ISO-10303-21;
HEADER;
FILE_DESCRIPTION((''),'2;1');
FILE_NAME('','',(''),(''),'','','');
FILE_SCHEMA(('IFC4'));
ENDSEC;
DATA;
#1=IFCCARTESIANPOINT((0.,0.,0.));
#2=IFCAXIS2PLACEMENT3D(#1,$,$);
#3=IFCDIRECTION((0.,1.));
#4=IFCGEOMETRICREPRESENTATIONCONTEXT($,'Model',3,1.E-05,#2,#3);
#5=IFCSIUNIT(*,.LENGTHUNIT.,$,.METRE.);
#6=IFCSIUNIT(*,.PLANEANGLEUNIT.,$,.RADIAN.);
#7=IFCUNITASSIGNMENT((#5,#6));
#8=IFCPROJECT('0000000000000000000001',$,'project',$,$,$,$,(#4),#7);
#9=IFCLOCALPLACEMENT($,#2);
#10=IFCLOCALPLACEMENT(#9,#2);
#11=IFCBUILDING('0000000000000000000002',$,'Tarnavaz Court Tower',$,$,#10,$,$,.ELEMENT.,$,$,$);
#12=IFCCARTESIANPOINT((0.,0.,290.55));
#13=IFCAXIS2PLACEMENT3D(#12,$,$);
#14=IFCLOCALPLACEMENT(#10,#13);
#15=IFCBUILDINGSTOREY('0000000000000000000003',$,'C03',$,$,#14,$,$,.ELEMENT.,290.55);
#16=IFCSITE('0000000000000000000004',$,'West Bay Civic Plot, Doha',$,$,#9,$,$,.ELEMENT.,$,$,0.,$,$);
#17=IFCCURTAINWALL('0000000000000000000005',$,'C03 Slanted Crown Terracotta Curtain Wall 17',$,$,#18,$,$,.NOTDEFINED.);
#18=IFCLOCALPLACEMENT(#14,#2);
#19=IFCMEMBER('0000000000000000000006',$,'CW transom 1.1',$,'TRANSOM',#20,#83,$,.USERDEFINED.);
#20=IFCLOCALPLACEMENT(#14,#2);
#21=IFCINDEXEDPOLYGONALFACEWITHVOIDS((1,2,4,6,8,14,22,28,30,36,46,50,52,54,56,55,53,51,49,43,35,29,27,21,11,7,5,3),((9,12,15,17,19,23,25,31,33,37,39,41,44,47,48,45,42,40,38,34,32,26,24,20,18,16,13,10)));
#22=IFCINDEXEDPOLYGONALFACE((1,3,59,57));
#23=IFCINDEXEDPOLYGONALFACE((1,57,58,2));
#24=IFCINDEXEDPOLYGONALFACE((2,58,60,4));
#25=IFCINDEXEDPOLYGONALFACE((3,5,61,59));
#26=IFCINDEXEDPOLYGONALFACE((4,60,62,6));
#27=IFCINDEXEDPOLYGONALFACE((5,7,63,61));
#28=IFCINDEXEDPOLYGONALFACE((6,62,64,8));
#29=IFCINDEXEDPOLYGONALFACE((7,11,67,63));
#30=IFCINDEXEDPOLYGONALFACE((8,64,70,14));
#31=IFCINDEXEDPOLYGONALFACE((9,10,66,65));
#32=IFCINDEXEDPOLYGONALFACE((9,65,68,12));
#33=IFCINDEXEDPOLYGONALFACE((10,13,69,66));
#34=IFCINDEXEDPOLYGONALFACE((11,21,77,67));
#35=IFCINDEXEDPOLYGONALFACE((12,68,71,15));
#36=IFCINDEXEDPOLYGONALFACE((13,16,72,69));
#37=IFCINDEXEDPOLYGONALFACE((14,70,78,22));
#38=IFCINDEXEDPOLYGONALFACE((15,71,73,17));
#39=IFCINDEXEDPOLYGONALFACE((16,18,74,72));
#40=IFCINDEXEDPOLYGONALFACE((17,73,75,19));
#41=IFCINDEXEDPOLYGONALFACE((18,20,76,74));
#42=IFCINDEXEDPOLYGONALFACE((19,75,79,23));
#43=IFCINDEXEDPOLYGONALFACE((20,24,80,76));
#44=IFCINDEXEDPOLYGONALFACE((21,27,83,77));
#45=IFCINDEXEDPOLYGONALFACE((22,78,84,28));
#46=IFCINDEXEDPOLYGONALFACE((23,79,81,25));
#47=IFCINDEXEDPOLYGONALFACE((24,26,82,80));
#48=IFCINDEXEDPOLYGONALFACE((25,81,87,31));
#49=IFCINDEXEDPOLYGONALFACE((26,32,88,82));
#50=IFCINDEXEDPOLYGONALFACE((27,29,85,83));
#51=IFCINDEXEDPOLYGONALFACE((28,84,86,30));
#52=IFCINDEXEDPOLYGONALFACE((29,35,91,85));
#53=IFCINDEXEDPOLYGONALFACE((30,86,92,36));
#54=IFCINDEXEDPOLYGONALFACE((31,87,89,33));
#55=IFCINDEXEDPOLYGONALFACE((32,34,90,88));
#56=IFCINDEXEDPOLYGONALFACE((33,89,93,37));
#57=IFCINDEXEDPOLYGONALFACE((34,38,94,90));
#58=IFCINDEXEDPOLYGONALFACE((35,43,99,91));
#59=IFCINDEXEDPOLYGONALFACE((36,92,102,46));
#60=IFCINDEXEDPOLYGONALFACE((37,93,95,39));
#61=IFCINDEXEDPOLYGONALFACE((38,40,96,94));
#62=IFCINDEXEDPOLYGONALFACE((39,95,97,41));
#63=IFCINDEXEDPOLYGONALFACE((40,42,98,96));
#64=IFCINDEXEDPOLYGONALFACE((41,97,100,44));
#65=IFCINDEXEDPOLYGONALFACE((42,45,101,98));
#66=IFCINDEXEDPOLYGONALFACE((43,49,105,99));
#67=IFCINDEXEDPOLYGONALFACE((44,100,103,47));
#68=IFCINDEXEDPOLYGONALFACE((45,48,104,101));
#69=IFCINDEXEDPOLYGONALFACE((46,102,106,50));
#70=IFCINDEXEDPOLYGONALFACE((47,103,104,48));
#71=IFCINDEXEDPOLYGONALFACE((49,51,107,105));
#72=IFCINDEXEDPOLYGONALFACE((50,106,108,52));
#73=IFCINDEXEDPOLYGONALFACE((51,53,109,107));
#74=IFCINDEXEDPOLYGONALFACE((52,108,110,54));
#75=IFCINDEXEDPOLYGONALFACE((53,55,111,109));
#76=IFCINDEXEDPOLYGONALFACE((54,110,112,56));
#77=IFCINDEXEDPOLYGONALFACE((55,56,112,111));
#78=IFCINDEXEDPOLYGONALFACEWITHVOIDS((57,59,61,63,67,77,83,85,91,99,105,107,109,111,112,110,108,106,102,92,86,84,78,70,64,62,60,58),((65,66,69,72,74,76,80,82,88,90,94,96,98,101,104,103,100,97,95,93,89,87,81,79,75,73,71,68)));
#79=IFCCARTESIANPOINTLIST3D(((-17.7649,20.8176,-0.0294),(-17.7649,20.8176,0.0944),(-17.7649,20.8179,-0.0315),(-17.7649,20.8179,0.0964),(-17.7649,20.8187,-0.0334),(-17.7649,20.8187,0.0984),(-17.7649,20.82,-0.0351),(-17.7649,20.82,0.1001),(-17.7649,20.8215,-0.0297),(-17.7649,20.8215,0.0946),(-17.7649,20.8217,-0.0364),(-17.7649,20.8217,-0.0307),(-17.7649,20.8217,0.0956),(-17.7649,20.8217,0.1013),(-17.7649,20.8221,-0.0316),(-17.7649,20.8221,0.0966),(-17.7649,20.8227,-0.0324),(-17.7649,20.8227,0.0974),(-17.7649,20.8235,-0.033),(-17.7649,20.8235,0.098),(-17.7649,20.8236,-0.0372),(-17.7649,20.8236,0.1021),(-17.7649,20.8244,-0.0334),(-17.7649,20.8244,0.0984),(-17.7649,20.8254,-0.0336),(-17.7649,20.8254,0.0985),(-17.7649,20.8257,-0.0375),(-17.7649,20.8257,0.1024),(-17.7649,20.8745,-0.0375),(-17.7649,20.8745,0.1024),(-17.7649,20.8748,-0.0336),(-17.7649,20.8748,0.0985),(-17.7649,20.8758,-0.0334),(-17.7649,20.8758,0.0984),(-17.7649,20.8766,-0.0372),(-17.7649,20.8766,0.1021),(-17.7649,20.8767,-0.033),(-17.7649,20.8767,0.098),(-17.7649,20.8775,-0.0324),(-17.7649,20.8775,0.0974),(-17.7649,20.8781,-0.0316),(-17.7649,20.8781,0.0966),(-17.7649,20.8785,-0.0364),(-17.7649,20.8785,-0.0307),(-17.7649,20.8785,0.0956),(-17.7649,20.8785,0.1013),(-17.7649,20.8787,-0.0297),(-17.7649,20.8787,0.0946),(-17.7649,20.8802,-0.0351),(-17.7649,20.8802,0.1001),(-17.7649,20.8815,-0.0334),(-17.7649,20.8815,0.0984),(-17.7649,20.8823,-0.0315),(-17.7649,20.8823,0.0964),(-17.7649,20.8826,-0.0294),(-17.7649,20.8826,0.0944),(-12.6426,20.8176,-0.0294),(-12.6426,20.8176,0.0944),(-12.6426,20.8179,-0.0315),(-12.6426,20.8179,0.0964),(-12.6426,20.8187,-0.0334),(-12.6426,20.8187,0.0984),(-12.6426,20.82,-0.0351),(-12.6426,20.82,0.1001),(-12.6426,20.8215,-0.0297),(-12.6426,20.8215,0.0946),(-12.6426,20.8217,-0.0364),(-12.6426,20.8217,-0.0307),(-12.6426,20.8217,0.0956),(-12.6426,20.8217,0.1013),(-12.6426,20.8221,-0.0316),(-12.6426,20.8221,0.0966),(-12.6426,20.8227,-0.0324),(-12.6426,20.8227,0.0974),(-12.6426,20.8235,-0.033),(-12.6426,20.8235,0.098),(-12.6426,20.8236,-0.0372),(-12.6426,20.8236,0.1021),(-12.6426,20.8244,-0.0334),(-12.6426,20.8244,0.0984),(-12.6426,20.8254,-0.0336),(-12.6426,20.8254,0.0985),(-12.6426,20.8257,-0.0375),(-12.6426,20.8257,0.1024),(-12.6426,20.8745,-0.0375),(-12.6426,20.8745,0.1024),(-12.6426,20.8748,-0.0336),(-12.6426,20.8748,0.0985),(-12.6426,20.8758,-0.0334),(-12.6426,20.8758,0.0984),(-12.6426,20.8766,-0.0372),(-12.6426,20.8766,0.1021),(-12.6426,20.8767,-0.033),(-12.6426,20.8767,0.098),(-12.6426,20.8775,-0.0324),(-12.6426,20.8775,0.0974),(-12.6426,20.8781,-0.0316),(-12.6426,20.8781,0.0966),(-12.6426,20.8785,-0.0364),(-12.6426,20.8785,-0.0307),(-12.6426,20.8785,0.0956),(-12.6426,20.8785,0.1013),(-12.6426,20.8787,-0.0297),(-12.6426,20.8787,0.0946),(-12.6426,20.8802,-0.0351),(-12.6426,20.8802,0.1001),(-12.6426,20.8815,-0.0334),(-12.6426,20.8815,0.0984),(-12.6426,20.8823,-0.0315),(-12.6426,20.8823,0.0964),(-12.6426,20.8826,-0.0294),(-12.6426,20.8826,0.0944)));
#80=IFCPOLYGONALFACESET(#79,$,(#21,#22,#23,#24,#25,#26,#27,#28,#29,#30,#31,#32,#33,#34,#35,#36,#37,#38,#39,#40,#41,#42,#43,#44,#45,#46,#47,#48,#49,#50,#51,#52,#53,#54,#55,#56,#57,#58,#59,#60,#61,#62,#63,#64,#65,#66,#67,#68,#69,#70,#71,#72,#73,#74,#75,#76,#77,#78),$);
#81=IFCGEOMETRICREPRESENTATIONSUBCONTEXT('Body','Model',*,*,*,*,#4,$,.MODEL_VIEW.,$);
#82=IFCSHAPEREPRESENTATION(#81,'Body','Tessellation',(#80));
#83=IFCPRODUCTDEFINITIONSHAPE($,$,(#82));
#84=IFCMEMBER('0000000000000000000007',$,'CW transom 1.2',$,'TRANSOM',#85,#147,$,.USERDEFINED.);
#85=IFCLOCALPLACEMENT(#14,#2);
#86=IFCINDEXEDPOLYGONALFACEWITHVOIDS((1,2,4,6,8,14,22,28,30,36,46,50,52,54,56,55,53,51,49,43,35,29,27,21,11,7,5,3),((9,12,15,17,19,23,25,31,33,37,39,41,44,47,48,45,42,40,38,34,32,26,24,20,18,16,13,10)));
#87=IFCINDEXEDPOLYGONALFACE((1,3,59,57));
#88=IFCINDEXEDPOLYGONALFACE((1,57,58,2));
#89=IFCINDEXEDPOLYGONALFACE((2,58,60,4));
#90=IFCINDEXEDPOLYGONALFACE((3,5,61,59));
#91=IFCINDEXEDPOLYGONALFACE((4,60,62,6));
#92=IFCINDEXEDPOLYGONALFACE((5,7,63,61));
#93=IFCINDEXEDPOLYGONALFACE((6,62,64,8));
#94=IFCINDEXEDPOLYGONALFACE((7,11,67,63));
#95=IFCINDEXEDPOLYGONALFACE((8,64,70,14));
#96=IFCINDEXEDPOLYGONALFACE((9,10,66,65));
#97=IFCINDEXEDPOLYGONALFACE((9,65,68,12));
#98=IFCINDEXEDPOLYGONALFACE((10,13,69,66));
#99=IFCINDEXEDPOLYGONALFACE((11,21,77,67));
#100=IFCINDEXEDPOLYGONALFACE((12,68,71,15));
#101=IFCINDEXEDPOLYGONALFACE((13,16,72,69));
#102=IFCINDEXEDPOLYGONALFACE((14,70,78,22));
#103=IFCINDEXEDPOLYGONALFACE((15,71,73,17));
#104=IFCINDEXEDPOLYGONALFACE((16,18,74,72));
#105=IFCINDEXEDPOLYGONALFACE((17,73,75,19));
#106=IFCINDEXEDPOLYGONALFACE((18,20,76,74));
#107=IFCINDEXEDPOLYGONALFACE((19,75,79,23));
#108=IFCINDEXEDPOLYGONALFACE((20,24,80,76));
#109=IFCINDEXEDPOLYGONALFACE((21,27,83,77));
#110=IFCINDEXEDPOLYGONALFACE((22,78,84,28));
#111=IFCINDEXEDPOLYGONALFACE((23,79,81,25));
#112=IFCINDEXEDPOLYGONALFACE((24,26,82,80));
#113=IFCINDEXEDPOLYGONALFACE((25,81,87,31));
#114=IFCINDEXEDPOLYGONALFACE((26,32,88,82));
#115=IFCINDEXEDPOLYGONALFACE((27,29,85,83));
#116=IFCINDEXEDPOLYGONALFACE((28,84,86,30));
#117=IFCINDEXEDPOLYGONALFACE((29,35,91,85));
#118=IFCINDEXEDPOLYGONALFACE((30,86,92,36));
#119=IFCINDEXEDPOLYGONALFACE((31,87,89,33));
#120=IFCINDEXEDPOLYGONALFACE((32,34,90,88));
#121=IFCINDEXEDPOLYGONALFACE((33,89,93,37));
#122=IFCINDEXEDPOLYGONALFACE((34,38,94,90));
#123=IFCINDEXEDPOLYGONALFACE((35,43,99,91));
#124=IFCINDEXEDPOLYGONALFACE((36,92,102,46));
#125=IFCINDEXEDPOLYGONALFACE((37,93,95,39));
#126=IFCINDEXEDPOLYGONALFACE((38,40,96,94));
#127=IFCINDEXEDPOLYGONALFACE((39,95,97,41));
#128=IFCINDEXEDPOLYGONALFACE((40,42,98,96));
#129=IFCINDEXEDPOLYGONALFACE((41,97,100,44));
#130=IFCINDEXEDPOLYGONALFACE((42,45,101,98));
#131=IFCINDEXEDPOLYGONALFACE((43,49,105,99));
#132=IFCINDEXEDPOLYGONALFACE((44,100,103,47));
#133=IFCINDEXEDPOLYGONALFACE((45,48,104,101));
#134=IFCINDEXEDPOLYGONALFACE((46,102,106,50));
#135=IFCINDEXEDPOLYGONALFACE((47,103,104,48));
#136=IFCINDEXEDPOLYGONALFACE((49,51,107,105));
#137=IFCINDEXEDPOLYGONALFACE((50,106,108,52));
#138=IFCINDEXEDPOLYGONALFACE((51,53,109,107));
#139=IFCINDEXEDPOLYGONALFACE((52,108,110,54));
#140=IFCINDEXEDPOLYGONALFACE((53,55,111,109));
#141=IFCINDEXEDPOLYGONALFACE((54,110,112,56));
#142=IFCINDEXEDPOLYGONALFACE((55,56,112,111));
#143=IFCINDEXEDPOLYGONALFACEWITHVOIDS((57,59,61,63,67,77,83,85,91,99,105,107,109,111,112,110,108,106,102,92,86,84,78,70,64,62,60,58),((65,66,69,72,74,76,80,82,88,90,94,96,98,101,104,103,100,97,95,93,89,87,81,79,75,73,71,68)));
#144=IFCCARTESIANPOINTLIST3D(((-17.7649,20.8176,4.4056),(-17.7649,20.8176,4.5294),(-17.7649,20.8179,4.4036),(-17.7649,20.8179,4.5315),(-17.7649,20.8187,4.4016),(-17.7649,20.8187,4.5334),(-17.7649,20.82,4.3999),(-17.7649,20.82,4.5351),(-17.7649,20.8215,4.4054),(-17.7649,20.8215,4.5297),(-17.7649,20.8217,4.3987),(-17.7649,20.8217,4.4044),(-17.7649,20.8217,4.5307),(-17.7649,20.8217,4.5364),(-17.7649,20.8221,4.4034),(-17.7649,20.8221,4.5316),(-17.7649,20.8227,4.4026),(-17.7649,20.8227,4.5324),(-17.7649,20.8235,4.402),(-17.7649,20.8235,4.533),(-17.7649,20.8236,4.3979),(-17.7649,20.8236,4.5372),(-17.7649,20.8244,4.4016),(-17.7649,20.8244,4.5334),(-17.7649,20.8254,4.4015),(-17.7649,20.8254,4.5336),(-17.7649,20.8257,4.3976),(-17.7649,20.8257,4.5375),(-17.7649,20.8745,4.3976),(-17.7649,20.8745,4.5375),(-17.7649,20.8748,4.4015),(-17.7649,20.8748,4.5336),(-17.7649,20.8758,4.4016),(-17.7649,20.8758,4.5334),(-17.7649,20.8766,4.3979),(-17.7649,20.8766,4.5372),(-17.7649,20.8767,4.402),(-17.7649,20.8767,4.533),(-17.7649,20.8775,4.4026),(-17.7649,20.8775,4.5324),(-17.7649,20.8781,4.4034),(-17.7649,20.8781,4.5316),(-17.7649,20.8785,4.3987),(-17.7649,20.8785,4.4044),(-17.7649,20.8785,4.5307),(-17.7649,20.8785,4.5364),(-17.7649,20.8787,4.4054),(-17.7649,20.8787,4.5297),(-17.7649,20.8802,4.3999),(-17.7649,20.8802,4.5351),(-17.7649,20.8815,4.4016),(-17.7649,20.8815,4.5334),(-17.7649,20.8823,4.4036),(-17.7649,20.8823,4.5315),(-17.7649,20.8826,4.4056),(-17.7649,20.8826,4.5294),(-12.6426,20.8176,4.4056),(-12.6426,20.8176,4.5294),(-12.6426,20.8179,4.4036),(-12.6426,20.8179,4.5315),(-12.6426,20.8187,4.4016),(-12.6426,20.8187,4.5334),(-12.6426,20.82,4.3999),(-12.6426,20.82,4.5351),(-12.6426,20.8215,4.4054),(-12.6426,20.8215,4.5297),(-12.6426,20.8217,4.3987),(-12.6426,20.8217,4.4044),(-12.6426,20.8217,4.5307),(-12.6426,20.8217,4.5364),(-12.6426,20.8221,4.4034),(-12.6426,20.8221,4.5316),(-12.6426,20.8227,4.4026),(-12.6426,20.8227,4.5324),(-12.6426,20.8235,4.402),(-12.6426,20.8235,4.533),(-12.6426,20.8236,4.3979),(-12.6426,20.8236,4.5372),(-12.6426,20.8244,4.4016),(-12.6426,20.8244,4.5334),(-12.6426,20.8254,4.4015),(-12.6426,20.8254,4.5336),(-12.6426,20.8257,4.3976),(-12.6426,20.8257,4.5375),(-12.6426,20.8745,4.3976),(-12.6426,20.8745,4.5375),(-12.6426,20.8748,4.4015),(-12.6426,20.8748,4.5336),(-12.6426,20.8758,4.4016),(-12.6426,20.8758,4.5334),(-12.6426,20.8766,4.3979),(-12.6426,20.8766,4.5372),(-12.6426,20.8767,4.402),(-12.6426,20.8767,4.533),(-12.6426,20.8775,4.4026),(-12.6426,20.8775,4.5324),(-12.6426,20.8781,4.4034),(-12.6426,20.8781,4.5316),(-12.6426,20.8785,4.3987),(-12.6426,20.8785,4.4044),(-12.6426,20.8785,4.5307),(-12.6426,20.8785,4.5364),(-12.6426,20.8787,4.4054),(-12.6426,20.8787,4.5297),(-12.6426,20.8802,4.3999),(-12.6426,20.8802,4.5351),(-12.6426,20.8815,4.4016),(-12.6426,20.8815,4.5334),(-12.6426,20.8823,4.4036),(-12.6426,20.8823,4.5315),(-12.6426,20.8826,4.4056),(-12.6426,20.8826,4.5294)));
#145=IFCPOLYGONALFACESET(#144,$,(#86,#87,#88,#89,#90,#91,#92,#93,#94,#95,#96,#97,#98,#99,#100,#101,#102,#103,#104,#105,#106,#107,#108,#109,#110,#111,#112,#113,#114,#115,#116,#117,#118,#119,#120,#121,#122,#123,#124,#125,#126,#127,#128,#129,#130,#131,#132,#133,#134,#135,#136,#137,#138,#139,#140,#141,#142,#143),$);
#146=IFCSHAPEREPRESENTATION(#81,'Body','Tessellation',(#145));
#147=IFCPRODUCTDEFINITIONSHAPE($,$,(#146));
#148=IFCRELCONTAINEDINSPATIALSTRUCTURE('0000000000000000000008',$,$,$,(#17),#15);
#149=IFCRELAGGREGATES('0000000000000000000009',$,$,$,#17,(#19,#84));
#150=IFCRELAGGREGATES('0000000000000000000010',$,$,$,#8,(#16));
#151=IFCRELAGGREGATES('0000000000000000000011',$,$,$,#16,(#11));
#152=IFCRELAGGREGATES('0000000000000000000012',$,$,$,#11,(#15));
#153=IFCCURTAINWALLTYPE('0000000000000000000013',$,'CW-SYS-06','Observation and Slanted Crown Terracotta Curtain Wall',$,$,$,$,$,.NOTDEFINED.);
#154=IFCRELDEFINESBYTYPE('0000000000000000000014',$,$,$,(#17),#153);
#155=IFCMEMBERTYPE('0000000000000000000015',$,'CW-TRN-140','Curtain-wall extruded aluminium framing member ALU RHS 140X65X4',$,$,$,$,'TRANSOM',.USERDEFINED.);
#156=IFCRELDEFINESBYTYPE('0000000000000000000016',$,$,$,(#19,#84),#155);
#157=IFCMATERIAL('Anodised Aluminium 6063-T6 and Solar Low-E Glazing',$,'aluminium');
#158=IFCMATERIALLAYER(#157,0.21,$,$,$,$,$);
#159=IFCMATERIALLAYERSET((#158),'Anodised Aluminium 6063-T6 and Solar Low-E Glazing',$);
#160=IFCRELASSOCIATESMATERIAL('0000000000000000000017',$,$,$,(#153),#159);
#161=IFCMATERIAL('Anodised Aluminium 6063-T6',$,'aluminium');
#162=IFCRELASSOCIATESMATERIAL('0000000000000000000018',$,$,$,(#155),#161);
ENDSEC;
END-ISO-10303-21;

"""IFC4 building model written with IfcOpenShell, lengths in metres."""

from ifc_helpers import new_model, si_unit, direction, frame, origin, origin_2d, place, context, subcontext, project, spatial, hollow_rectangle, extrude, material, layer, layer_set, material_profile, profile_set, type_object, element, aggregate, save


model = new_model("IFC4")

# Units and contexts
model_context = context("Model", 3, precision=1e-05, world=origin(), true_north=direction((0.0, 1.0)))
body_context = subcontext(model_context, "Body", "Model", "MODEL_VIEW")
ifc_project = project(units=[si_unit("LENGTHUNIT", "METRE"), si_unit("PLANEANGLEUNIT", "RADIAN")], contexts=[model_context])

# Site, building, storey
site_placement = place(None, origin())
site = spatial("IfcSite", under=ifc_project, at=site_placement, Name="West Bay Civic Plot, Doha", CompositionType="ELEMENT", RefElevation=0.0)
building_placement = place(site_placement, origin())
building = spatial("IfcBuilding", under=site, at=building_placement, Name="Tarnavaz Court Tower", CompositionType="ELEMENT")
storey_placement = place(building_placement, frame((0.0, 0.0, 290.55)))
storey = spatial("IfcBuildingStorey", under=building, at=storey_placement, Name="C03", CompositionType="ELEMENT", Elevation=290.55)

# Curtain wall
ifc_material_1 = material(Name="Anodised Aluminium 6063-T6 and Solar Low-E Glazing", Category="aluminium")
ifc_layer_1 = layer(ifc_material_1, 0.21)
ifc_layer_set_1 = layer_set([ifc_layer_1], Name="Anodised Aluminium 6063-T6 and Solar Low-E Glazing")
curtain_wall_type = type_object("IfcCurtainWallType", Name="CW-SYS-06", Description="Observation and Slanted Crown Terracotta Curtain Wall", PredefinedType="NOTDEFINED", material=ifc_layer_set_1)
ifc_material_2 = material(Name="Anodised Aluminium 6063-T6", Category="aluminium")
curtain_wall_1_placement = place(storey_placement, origin())
curtain_wall_1 = element("IfcCurtainWall", 1, at=curtain_wall_1_placement, inside=storey, type_object=curtain_wall_type, Name="C03 Slanted Crown Terracotta Curtain Wall 17", PredefinedType="NOTDEFINED")

# Members
ifc_material_profile_1 = material_profile(ifc_material_2, hollow_rectangle(XDim=0.0649, YDim=0.1399, WallThickness=0.0039, InnerFilletRadius=0.0039, OuterFilletRadius=0.0081, at=origin_2d()), Name="ALU RHS 140X65X4")
ifc_profile_set_1 = profile_set([ifc_material_profile_1], Name="Anodised Aluminium 6063-T6")
member_type_1 = type_object("IfcMemberType", Name="CW-TRN-140", Description="Curtain-wall extruded aluminium framing member ALU RHS 140X65X4", ElementType="TRANSOM", PredefinedType="USERDEFINED", material=ifc_profile_set_1)
member_1_placement = place(storey_placement, frame((-17.7649, 20.8501, 0.0325), z_axis=(1.0, 0.0, 0.0), x_axis=(0.0, 1.0, 0.0)))
member_1 = element("IfcMember", 2, at=member_1_placement, type_object=member_type_1, Name="CW transom 1.1", ObjectType="TRANSOM", PredefinedType="USERDEFINED", context=body_context, shape_type="SweptSolid", body=[
    extrude(hollow_rectangle(XDim=0.0649, YDim=0.1399, WallThickness=0.0039, InnerFilletRadius=0.0039, OuterFilletRadius=0.0081, at=origin_2d()), origin(), (0.0, 0.0, 1.0), 5.1223),
])
member_2_placement = place(storey_placement, frame((-17.7649, 20.8501, 4.4675), z_axis=(1.0, 0.0, 0.0), x_axis=(0.0, 1.0, 0.0)))
member_2 = element("IfcMember", 3, at=member_2_placement, type_object=member_type_1, Name="CW transom 1.2", ObjectType="TRANSOM", PredefinedType="USERDEFINED", context=body_context, shape_type="SweptSolid", body=[
    extrude(hollow_rectangle(XDim=0.0649, YDim=0.1399, WallThickness=0.0039, InnerFilletRadius=0.0039, OuterFilletRadius=0.0081, at=origin_2d()), origin(), (0.0, 0.0, 1.0), 5.1223),
])

aggregate(curtain_wall_1, [member_1, member_2])

save(model, "model.ifc")
